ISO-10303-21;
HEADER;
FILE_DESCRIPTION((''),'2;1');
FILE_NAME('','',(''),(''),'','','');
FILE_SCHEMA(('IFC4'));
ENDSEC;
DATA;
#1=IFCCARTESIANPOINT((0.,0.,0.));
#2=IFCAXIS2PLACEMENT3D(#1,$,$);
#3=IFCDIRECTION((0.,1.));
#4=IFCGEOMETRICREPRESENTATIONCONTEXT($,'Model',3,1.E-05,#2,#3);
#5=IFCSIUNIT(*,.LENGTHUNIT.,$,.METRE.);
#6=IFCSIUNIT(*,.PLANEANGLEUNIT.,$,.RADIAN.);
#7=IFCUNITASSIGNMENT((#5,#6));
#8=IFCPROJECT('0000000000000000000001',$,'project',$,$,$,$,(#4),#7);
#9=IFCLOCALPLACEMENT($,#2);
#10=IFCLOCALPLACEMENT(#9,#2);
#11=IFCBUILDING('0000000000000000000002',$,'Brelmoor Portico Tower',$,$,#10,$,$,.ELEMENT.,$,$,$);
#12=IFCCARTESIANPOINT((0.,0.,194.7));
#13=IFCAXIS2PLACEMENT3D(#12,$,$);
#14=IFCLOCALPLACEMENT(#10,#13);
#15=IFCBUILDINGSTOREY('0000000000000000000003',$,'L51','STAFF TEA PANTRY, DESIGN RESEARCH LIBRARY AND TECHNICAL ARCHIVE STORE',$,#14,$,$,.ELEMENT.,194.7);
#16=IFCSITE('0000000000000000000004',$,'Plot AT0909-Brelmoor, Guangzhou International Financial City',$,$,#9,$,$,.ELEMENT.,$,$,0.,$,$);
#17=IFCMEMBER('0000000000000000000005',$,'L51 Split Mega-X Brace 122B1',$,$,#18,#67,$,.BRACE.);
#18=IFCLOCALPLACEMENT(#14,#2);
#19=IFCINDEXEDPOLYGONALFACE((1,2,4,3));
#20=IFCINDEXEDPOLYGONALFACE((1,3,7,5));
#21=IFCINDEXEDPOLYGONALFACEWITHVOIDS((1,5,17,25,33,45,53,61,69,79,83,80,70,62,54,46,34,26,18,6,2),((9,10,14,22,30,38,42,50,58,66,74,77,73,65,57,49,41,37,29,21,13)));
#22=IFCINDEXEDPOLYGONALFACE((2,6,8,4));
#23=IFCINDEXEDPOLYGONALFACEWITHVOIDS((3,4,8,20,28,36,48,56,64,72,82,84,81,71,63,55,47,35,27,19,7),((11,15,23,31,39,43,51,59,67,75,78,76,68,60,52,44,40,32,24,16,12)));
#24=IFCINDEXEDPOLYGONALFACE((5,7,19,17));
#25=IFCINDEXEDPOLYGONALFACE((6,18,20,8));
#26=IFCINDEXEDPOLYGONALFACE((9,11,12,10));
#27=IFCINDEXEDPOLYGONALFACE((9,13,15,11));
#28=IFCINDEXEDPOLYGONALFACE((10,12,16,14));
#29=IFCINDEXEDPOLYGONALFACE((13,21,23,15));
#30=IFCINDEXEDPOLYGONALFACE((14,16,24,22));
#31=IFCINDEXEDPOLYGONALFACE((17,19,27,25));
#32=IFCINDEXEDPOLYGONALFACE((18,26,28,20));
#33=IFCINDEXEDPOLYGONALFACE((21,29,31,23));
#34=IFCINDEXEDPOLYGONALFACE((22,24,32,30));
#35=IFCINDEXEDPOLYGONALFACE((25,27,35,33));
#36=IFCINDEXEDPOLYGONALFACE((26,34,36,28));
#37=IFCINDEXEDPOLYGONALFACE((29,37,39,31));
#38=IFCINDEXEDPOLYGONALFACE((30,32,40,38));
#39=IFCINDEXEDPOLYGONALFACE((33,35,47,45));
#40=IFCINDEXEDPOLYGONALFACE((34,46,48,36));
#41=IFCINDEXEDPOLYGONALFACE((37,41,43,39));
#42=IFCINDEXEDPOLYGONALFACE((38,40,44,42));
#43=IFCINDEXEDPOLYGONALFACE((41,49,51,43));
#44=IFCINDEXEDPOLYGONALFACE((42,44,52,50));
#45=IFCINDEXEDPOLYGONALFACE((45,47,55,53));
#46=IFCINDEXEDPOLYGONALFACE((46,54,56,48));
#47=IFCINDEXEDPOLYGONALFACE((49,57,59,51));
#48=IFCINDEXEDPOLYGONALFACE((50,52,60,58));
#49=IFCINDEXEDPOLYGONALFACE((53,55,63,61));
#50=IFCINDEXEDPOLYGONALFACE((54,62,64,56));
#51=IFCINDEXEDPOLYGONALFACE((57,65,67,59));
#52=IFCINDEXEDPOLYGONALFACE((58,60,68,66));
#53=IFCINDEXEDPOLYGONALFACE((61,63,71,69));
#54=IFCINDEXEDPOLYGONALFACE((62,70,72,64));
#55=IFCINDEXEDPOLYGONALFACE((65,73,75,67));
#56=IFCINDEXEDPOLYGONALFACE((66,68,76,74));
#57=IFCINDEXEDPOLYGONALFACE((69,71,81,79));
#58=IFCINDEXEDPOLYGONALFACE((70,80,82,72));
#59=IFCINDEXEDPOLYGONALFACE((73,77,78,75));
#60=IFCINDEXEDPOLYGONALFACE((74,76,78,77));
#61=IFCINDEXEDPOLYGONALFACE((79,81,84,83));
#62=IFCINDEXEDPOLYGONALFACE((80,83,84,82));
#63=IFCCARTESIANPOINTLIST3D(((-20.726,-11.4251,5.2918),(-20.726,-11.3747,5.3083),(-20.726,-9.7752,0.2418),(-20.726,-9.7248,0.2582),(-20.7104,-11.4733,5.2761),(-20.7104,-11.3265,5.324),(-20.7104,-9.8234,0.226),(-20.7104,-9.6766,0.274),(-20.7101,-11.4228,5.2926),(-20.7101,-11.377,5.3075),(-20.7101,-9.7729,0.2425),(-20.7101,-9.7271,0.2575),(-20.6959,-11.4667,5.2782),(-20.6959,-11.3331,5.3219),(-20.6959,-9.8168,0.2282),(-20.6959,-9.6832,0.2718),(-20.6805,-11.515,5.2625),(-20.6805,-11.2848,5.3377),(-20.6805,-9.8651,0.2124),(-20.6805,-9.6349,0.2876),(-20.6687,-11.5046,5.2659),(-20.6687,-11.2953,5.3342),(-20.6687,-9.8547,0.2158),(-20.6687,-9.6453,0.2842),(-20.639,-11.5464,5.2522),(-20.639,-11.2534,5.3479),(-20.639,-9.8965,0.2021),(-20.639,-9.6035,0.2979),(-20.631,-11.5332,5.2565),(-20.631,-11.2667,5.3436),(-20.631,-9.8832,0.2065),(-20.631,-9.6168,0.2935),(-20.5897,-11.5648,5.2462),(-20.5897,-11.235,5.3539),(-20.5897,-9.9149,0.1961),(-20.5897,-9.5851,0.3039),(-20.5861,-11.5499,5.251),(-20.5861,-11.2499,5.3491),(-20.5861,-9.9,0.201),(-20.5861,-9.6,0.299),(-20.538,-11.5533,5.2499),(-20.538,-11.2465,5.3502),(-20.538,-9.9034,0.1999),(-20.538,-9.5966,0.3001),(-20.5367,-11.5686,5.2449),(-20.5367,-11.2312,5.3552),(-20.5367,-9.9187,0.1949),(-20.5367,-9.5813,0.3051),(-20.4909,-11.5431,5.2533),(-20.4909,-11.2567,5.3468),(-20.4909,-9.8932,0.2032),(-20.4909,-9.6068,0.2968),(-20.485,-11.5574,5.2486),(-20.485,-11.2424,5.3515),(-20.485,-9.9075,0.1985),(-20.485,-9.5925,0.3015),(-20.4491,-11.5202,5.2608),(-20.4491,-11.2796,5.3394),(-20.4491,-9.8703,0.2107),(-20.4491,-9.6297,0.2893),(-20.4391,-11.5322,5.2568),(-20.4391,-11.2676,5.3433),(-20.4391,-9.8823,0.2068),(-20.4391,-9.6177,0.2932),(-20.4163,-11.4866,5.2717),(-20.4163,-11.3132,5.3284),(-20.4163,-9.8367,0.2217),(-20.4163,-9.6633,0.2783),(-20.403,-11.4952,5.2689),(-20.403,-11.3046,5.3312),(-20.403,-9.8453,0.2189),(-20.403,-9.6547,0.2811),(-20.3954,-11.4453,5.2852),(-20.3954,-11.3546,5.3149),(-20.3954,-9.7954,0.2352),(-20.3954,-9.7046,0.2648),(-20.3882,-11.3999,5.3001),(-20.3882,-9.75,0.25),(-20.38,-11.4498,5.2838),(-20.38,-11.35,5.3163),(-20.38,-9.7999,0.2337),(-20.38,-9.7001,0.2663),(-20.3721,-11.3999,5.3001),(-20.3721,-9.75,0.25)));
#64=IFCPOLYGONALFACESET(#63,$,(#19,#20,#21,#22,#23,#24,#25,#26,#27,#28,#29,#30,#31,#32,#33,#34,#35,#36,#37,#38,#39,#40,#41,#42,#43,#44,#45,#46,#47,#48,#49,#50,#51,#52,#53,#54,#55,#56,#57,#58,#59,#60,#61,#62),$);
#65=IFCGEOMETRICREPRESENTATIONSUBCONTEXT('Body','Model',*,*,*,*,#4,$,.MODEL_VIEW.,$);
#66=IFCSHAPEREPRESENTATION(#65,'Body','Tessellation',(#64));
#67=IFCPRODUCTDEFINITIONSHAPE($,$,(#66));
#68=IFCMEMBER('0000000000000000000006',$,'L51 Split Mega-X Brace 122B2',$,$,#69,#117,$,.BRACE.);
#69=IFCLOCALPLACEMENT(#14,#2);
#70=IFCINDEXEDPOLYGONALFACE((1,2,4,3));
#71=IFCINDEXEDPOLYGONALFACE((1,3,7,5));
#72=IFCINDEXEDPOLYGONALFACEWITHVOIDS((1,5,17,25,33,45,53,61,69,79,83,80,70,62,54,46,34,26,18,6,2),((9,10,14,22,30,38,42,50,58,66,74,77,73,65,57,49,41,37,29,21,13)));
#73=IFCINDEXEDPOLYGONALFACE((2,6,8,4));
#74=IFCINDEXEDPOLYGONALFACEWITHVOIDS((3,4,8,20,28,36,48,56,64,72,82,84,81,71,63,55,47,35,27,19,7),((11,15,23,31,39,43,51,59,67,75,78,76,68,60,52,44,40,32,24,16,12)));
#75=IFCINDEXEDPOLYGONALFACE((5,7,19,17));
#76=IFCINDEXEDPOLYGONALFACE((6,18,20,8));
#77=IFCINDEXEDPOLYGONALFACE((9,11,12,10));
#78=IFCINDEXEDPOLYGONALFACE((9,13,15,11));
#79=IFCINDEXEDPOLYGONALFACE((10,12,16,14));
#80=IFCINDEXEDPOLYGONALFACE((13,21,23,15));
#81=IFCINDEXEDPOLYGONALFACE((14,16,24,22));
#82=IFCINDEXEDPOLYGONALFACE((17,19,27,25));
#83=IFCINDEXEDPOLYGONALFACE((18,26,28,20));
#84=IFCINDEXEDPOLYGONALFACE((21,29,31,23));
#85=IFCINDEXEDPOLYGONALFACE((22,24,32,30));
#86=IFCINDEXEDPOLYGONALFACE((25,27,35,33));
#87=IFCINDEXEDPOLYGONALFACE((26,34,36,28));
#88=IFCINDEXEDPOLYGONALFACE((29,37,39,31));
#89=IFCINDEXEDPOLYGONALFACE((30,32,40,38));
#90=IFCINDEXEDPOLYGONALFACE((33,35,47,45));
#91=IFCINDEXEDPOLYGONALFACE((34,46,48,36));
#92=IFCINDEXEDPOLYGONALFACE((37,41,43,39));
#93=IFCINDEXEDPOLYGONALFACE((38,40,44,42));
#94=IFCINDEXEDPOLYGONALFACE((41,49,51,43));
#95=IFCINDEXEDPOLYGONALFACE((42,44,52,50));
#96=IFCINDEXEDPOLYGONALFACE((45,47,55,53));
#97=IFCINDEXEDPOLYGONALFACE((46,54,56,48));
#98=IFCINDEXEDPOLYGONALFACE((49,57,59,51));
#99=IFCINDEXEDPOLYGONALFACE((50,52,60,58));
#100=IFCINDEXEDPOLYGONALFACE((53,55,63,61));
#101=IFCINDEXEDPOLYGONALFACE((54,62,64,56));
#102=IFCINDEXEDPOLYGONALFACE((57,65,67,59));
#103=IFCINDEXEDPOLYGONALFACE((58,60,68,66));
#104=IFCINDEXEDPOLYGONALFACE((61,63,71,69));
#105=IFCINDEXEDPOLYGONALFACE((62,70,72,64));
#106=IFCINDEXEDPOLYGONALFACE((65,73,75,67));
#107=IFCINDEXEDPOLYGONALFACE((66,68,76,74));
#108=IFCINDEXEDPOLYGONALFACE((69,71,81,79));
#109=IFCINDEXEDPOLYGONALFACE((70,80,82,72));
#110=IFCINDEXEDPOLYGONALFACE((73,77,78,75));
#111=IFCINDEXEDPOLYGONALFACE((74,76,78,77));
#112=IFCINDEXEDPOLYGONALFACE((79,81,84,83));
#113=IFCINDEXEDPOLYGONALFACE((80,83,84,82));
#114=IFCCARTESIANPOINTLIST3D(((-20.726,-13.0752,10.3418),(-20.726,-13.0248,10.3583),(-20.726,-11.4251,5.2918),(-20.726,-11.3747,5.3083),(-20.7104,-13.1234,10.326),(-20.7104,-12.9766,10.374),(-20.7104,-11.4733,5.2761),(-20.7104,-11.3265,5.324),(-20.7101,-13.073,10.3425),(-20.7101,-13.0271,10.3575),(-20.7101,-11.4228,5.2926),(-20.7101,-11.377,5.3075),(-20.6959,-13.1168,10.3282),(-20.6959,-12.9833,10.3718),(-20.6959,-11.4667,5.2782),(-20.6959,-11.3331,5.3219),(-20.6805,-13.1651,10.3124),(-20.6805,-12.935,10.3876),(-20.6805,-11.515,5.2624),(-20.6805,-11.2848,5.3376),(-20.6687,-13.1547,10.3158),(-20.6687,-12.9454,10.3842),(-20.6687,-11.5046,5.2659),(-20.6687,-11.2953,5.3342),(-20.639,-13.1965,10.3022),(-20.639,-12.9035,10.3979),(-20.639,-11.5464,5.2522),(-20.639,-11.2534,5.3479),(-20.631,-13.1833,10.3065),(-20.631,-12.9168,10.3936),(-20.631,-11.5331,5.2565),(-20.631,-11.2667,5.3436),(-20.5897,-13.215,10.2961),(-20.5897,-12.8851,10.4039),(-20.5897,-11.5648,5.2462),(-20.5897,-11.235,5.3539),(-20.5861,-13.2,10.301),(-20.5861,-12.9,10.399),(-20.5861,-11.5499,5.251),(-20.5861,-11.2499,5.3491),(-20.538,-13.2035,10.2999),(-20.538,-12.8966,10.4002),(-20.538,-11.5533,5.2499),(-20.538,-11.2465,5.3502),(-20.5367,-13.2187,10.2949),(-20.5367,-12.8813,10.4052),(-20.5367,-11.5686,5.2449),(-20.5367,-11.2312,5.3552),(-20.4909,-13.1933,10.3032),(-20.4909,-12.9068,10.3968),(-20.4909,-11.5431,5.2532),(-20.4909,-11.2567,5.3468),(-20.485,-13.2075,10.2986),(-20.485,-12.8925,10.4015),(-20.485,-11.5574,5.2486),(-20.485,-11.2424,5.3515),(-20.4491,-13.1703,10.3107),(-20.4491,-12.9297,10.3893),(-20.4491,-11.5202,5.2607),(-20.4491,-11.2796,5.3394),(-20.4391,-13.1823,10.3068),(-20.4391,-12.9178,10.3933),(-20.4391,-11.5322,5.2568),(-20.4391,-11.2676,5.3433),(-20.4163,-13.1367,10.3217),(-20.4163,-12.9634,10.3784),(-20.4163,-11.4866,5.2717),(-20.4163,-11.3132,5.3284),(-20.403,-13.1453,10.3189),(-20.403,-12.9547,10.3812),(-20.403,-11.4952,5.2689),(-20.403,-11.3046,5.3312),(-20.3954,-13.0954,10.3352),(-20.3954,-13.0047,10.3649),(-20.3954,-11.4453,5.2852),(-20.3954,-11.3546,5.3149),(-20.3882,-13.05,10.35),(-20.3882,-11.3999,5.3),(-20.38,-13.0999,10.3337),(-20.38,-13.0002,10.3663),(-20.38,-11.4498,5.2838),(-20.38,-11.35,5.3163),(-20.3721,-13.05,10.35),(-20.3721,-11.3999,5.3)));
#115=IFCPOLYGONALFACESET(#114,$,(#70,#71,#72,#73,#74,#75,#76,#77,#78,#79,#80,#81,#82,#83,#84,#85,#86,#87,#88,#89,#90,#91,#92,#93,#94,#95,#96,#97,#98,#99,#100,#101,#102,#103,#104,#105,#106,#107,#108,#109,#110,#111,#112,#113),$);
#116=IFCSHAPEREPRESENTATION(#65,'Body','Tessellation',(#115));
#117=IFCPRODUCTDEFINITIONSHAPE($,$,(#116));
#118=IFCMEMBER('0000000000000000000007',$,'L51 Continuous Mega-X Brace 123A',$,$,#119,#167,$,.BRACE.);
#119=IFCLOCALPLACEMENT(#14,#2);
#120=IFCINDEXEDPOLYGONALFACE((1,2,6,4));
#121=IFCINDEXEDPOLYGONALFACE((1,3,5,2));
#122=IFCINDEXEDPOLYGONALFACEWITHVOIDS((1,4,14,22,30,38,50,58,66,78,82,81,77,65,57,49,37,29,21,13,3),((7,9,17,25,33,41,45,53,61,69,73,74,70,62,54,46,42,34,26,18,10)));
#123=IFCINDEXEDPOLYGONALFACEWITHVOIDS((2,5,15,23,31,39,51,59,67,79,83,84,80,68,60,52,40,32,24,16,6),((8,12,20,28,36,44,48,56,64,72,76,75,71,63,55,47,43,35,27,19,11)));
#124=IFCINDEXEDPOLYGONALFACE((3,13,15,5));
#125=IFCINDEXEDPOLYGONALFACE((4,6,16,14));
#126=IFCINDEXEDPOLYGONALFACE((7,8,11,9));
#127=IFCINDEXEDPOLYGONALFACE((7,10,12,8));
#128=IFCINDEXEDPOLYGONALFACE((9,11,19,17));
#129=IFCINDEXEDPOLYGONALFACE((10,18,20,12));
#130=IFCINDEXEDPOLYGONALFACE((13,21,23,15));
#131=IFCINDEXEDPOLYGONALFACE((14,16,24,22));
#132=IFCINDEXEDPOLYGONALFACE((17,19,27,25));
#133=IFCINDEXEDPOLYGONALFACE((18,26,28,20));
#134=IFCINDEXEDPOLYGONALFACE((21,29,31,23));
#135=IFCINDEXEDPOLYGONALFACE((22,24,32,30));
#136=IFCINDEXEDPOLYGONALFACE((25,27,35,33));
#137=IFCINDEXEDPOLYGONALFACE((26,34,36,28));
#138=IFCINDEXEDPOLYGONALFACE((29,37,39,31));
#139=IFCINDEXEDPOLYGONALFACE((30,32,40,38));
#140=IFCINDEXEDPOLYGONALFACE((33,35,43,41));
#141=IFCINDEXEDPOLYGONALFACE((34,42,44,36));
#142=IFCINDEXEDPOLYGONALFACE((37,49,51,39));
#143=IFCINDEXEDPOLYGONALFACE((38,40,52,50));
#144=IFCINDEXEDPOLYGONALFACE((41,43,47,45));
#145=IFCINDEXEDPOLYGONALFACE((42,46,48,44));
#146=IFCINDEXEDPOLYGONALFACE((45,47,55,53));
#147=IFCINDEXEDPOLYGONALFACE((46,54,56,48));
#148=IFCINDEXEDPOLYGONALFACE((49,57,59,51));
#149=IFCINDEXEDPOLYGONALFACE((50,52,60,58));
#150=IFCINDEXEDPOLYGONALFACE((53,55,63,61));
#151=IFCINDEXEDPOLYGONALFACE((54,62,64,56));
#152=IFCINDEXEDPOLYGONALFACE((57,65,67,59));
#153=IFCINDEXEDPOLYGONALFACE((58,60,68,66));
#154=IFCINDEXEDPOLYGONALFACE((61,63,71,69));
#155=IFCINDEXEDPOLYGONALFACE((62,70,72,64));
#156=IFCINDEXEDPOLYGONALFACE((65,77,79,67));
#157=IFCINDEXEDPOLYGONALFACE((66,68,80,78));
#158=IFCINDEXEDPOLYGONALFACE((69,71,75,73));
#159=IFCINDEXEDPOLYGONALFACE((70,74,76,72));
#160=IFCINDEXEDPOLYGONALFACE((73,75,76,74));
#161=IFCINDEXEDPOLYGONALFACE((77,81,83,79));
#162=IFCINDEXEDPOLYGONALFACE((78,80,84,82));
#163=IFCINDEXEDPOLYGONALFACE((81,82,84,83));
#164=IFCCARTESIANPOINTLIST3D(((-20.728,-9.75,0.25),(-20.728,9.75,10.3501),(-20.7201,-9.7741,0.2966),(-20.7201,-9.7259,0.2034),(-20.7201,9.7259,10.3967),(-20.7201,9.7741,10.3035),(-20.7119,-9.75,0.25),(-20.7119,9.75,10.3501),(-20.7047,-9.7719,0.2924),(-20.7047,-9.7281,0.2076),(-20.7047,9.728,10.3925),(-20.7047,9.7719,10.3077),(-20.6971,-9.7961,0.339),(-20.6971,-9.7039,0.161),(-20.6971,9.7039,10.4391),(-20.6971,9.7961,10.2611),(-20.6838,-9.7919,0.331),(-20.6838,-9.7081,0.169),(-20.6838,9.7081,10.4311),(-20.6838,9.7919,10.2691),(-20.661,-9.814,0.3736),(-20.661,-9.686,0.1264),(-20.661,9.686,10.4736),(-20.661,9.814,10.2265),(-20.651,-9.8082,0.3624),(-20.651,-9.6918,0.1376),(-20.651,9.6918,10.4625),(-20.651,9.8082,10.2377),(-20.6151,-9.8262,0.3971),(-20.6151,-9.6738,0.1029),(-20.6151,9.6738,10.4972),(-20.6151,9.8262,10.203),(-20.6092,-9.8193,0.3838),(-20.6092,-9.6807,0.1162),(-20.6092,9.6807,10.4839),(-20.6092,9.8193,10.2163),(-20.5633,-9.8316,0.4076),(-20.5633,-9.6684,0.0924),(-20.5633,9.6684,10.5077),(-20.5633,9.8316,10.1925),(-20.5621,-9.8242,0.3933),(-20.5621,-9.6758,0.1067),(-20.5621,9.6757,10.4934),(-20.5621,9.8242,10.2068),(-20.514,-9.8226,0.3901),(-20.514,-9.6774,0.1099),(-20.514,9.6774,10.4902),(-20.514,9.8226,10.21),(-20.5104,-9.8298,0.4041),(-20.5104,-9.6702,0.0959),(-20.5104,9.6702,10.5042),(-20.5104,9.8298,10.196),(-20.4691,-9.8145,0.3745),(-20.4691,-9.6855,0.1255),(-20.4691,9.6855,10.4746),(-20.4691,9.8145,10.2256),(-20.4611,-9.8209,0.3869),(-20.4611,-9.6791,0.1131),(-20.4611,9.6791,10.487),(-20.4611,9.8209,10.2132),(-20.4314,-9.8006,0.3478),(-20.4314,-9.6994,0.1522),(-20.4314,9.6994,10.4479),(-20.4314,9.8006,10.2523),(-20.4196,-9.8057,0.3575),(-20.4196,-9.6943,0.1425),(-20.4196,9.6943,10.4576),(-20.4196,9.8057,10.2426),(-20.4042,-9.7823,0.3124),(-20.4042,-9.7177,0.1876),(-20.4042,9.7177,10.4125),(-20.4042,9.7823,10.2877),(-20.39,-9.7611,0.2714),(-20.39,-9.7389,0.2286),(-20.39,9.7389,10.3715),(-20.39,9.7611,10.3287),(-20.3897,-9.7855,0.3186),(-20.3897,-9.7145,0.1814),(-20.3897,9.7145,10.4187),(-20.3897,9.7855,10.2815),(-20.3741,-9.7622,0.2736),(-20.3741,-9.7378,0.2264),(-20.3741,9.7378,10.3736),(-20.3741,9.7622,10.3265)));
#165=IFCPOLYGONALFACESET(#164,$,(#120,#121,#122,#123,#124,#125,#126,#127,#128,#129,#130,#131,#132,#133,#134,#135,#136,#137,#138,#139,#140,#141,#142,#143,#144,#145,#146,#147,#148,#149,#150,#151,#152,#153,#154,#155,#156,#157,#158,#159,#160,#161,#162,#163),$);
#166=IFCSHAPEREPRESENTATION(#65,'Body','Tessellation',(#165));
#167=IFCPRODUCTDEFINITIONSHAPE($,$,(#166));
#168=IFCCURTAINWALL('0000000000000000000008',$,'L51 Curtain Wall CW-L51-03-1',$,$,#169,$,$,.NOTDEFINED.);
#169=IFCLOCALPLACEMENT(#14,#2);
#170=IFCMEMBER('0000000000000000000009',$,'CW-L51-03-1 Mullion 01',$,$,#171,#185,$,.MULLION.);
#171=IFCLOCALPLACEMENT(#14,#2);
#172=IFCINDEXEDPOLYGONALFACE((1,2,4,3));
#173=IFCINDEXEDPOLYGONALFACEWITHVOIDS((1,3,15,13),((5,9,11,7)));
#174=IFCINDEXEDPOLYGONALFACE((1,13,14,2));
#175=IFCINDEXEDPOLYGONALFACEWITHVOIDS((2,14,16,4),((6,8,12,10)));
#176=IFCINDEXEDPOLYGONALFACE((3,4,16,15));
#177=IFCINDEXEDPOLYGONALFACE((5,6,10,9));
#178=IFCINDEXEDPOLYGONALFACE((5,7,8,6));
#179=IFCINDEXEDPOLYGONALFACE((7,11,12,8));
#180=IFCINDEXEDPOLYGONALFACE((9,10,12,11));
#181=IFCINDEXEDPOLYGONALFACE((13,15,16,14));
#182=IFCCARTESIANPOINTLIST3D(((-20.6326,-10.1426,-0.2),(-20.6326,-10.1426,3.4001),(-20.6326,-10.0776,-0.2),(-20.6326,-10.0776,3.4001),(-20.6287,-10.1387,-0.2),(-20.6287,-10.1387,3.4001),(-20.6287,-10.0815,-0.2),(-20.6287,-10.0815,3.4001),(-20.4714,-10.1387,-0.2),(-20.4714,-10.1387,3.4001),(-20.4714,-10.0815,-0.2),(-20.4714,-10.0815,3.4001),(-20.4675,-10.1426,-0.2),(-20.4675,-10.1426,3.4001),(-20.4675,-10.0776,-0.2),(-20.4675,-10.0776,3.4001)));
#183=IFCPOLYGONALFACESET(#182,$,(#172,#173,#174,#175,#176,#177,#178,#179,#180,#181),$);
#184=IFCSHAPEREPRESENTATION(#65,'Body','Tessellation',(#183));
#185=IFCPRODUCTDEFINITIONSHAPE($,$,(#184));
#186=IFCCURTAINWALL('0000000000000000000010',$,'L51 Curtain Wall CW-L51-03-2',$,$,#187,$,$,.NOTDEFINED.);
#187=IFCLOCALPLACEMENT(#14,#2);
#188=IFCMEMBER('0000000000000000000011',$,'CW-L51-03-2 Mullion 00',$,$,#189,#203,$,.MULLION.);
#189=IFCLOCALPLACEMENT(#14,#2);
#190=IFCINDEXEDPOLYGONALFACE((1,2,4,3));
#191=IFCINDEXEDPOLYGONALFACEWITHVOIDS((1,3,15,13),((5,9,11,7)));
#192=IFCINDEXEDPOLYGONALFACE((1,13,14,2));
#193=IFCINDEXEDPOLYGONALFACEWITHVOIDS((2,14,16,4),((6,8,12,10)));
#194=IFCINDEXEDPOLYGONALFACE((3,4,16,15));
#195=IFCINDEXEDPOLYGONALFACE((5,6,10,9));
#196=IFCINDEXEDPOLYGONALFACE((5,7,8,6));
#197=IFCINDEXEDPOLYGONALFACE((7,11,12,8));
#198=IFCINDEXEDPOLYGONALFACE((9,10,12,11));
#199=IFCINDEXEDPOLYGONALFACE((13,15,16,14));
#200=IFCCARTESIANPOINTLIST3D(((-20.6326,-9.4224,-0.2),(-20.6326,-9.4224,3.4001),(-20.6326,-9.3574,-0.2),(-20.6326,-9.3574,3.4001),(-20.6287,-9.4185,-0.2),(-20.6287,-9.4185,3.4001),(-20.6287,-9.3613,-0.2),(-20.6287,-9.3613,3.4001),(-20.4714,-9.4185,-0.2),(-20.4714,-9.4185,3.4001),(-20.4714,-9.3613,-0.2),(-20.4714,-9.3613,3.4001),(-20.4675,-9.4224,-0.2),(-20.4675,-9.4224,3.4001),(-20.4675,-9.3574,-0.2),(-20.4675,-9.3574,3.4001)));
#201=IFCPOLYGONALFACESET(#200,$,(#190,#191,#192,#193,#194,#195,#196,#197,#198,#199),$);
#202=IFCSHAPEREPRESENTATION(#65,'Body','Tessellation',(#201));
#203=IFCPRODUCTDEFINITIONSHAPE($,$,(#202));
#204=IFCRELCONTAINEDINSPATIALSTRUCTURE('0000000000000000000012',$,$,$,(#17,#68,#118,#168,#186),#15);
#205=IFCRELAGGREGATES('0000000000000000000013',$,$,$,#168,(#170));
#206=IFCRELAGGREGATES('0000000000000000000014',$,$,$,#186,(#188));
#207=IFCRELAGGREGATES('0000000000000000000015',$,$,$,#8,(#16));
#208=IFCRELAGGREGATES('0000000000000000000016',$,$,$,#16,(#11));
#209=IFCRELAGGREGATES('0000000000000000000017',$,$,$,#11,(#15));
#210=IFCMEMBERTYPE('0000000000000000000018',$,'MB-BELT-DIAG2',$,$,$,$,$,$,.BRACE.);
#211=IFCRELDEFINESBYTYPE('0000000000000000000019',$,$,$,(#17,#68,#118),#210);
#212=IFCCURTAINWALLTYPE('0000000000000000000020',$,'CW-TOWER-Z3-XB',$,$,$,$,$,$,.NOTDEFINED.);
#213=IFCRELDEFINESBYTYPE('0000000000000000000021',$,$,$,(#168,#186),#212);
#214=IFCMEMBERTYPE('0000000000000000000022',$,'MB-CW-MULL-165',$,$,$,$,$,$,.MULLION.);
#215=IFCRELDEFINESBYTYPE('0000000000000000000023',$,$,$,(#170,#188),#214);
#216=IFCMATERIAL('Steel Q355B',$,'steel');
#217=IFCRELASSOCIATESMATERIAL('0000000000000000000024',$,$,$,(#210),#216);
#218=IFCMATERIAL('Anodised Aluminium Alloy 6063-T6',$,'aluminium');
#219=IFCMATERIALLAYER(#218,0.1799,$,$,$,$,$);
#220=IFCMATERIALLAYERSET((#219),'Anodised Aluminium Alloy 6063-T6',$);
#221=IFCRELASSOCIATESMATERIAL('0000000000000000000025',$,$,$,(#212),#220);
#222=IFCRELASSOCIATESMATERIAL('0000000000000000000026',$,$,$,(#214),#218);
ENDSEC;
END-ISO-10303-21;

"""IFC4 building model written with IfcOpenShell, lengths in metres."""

from ifc_helpers import new_model, si_unit, direction, frame, origin, origin_2d, place, context, subcontext, project, spatial, hollow_rectangle, hollow_circle, extrude, material, layer, layer_set, material_profile, profile_set, type_object, element, aggregate, save


model = new_model("IFC4")

# Units and contexts
model_context = context("Model", 3, precision=1e-05, world=origin(), true_north=direction((0.0, 1.0)))
body_context = subcontext(model_context, "Body", "Model", "MODEL_VIEW")
ifc_project = project(units=[si_unit("LENGTHUNIT", "METRE"), si_unit("PLANEANGLEUNIT", "RADIAN")], contexts=[model_context])

# Site, building, storey
site_placement = place(None, origin())
site = spatial("IfcSite", under=ifc_project, at=site_placement, Name="Plot AT0909-Brelmoor, Guangzhou International Financial City", CompositionType="ELEMENT", RefElevation=0.0)
building_placement = place(site_placement, origin())
building = spatial("IfcBuilding", under=site, at=building_placement, Name="Brelmoor Portico Tower", CompositionType="ELEMENT")
storey_placement = place(building_placement, frame((0.0, 0.0, 194.7)))
storey = spatial("IfcBuildingStorey", under=building, at=storey_placement, Name="L51", Description="STAFF TEA PANTRY, DESIGN RESEARCH LIBRARY AND TECHNICAL ARCHIVE STORE", CompositionType="ELEMENT", Elevation=194.7)

# Shared definitions
ifc_material_1 = material(Name="Steel Q355B", Category="steel")

# Members
ifc_material_profile_1 = material_profile(ifc_material_1, hollow_circle(Radius=0.178, WallThickness=0.0161, at=origin_2d()), Name="CHS 356x16")
ifc_profile_set_1 = profile_set([ifc_material_profile_1], Name="Steel Q355B")
member_type_1 = type_object("IfcMemberType", Name="MB-BELT-DIAG2", PredefinedType="BRACE", material=ifc_profile_set_1)
for number, where, z_axis, x_axis, name in (
    (1, (-20.55, -9.75, 0.25), (0.0, -0.310556, 0.950555), (1.0, 0.0, 0.0), "L51 Split Mega-X Brace 122B1"),
    (2, (-20.55, -11.3999, 5.3), (0.0, -0.310598, 0.950542), (1.0, 0.0, 0.0), "L51 Split Mega-X Brace 122B2"),
):
    element("IfcMember", number, at=place(storey_placement, frame(where, z_axis=z_axis, x_axis=x_axis)), inside=storey, type_object=member_type_1, Name=name, PredefinedType="BRACE", context=body_context, shape_type="SweptSolid", body=[
        extrude(hollow_circle(Radius=0.178, WallThickness=0.0161, at=origin_2d()), origin(), (0.0, 0.0, 1.0), 5.3127),
    ])
member_1_placement = place(storey_placement, frame((-20.55, -9.75, 0.25), z_axis=(0.0, 0.887959, 0.459922), x_axis=(-1.0, 0.0, 0.0)))
element("IfcMember", 3, at=member_1_placement, inside=storey, type_object=member_type_1, Name="L51 Continuous Mega-X Brace 123A", PredefinedType="BRACE", context=body_context, shape_type="SweptSolid", body=[
    extrude(hollow_circle(Radius=0.178, WallThickness=0.0161, at=origin_2d()), origin(), (0.0, 0.0, 1.0), 21.9604),
])

# Curtain wall, member
ifc_material_2 = material(Name="Anodised Aluminium Alloy 6063-T6", Category="aluminium")
ifc_layer_1 = layer(ifc_material_2, 0.1799)
ifc_layer_set_1 = layer_set([ifc_layer_1], Name="Anodised Aluminium Alloy 6063-T6")
curtain_wall_type = type_object("IfcCurtainWallType", Name="CW-TOWER-Z3-XB", PredefinedType="NOTDEFINED", material=ifc_layer_set_1)
curtain_wall_1_placement = place(storey_placement, origin())
curtain_wall_1 = element("IfcCurtainWall", 4, at=curtain_wall_1_placement, inside=storey, type_object=curtain_wall_type, Name="L51 Curtain Wall CW-L51-03-1", PredefinedType="NOTDEFINED")
ifc_material_profile_2 = material_profile(ifc_material_2, hollow_rectangle(XDim=0.0649, YDim=0.165, WallThickness=0.0039, at=origin_2d()), Name="ALU MULLION 65x165")
ifc_profile_set_2 = profile_set([ifc_material_profile_2], Name="Anodised Aluminium Alloy 6063-T6")
member_type_2 = type_object("IfcMemberType", Name="MB-CW-MULL-165", PredefinedType="MULLION", material=ifc_profile_set_2)
member_2_placement = place(storey_placement, frame((-20.55, -10.1101, -0.2), z_axis=(0.0, 0.0, 1.0), x_axis=(0.0, 1.0, 0.0)))
member_2 = element("IfcMember", 5, at=member_2_placement, type_object=member_type_2, Name="CW-L51-03-1 Mullion 01", PredefinedType="MULLION", context=body_context, shape_type="SweptSolid", body=[
    extrude(hollow_rectangle(XDim=0.0649, YDim=0.165, WallThickness=0.0039, at=origin_2d()), origin(), (0.0, 0.0, 1.0), 3.6001),
])

# Curtain wall, member
curtain_wall_2_placement = place(storey_placement, origin())
curtain_wall_2 = element("IfcCurtainWall", 6, at=curtain_wall_2_placement, inside=storey, type_object=curtain_wall_type, Name="L51 Curtain Wall CW-L51-03-2", PredefinedType="NOTDEFINED")
member_3_placement = place(storey_placement, frame((-20.55, -9.3899, -0.2), z_axis=(0.0, 0.0, 1.0), x_axis=(0.0, 1.0, 0.0)))
member_3 = element("IfcMember", 7, at=member_3_placement, type_object=member_type_2, Name="CW-L51-03-2 Mullion 00", PredefinedType="MULLION", context=body_context, shape_type="SweptSolid", body=[
    extrude(hollow_rectangle(XDim=0.0649, YDim=0.165, WallThickness=0.0039, at=origin_2d()), origin(), (0.0, 0.0, 1.0), 3.6001),
])

aggregate(curtain_wall_1, [member_2])
aggregate(curtain_wall_2, [member_3])

save(model, "model.ifc")
